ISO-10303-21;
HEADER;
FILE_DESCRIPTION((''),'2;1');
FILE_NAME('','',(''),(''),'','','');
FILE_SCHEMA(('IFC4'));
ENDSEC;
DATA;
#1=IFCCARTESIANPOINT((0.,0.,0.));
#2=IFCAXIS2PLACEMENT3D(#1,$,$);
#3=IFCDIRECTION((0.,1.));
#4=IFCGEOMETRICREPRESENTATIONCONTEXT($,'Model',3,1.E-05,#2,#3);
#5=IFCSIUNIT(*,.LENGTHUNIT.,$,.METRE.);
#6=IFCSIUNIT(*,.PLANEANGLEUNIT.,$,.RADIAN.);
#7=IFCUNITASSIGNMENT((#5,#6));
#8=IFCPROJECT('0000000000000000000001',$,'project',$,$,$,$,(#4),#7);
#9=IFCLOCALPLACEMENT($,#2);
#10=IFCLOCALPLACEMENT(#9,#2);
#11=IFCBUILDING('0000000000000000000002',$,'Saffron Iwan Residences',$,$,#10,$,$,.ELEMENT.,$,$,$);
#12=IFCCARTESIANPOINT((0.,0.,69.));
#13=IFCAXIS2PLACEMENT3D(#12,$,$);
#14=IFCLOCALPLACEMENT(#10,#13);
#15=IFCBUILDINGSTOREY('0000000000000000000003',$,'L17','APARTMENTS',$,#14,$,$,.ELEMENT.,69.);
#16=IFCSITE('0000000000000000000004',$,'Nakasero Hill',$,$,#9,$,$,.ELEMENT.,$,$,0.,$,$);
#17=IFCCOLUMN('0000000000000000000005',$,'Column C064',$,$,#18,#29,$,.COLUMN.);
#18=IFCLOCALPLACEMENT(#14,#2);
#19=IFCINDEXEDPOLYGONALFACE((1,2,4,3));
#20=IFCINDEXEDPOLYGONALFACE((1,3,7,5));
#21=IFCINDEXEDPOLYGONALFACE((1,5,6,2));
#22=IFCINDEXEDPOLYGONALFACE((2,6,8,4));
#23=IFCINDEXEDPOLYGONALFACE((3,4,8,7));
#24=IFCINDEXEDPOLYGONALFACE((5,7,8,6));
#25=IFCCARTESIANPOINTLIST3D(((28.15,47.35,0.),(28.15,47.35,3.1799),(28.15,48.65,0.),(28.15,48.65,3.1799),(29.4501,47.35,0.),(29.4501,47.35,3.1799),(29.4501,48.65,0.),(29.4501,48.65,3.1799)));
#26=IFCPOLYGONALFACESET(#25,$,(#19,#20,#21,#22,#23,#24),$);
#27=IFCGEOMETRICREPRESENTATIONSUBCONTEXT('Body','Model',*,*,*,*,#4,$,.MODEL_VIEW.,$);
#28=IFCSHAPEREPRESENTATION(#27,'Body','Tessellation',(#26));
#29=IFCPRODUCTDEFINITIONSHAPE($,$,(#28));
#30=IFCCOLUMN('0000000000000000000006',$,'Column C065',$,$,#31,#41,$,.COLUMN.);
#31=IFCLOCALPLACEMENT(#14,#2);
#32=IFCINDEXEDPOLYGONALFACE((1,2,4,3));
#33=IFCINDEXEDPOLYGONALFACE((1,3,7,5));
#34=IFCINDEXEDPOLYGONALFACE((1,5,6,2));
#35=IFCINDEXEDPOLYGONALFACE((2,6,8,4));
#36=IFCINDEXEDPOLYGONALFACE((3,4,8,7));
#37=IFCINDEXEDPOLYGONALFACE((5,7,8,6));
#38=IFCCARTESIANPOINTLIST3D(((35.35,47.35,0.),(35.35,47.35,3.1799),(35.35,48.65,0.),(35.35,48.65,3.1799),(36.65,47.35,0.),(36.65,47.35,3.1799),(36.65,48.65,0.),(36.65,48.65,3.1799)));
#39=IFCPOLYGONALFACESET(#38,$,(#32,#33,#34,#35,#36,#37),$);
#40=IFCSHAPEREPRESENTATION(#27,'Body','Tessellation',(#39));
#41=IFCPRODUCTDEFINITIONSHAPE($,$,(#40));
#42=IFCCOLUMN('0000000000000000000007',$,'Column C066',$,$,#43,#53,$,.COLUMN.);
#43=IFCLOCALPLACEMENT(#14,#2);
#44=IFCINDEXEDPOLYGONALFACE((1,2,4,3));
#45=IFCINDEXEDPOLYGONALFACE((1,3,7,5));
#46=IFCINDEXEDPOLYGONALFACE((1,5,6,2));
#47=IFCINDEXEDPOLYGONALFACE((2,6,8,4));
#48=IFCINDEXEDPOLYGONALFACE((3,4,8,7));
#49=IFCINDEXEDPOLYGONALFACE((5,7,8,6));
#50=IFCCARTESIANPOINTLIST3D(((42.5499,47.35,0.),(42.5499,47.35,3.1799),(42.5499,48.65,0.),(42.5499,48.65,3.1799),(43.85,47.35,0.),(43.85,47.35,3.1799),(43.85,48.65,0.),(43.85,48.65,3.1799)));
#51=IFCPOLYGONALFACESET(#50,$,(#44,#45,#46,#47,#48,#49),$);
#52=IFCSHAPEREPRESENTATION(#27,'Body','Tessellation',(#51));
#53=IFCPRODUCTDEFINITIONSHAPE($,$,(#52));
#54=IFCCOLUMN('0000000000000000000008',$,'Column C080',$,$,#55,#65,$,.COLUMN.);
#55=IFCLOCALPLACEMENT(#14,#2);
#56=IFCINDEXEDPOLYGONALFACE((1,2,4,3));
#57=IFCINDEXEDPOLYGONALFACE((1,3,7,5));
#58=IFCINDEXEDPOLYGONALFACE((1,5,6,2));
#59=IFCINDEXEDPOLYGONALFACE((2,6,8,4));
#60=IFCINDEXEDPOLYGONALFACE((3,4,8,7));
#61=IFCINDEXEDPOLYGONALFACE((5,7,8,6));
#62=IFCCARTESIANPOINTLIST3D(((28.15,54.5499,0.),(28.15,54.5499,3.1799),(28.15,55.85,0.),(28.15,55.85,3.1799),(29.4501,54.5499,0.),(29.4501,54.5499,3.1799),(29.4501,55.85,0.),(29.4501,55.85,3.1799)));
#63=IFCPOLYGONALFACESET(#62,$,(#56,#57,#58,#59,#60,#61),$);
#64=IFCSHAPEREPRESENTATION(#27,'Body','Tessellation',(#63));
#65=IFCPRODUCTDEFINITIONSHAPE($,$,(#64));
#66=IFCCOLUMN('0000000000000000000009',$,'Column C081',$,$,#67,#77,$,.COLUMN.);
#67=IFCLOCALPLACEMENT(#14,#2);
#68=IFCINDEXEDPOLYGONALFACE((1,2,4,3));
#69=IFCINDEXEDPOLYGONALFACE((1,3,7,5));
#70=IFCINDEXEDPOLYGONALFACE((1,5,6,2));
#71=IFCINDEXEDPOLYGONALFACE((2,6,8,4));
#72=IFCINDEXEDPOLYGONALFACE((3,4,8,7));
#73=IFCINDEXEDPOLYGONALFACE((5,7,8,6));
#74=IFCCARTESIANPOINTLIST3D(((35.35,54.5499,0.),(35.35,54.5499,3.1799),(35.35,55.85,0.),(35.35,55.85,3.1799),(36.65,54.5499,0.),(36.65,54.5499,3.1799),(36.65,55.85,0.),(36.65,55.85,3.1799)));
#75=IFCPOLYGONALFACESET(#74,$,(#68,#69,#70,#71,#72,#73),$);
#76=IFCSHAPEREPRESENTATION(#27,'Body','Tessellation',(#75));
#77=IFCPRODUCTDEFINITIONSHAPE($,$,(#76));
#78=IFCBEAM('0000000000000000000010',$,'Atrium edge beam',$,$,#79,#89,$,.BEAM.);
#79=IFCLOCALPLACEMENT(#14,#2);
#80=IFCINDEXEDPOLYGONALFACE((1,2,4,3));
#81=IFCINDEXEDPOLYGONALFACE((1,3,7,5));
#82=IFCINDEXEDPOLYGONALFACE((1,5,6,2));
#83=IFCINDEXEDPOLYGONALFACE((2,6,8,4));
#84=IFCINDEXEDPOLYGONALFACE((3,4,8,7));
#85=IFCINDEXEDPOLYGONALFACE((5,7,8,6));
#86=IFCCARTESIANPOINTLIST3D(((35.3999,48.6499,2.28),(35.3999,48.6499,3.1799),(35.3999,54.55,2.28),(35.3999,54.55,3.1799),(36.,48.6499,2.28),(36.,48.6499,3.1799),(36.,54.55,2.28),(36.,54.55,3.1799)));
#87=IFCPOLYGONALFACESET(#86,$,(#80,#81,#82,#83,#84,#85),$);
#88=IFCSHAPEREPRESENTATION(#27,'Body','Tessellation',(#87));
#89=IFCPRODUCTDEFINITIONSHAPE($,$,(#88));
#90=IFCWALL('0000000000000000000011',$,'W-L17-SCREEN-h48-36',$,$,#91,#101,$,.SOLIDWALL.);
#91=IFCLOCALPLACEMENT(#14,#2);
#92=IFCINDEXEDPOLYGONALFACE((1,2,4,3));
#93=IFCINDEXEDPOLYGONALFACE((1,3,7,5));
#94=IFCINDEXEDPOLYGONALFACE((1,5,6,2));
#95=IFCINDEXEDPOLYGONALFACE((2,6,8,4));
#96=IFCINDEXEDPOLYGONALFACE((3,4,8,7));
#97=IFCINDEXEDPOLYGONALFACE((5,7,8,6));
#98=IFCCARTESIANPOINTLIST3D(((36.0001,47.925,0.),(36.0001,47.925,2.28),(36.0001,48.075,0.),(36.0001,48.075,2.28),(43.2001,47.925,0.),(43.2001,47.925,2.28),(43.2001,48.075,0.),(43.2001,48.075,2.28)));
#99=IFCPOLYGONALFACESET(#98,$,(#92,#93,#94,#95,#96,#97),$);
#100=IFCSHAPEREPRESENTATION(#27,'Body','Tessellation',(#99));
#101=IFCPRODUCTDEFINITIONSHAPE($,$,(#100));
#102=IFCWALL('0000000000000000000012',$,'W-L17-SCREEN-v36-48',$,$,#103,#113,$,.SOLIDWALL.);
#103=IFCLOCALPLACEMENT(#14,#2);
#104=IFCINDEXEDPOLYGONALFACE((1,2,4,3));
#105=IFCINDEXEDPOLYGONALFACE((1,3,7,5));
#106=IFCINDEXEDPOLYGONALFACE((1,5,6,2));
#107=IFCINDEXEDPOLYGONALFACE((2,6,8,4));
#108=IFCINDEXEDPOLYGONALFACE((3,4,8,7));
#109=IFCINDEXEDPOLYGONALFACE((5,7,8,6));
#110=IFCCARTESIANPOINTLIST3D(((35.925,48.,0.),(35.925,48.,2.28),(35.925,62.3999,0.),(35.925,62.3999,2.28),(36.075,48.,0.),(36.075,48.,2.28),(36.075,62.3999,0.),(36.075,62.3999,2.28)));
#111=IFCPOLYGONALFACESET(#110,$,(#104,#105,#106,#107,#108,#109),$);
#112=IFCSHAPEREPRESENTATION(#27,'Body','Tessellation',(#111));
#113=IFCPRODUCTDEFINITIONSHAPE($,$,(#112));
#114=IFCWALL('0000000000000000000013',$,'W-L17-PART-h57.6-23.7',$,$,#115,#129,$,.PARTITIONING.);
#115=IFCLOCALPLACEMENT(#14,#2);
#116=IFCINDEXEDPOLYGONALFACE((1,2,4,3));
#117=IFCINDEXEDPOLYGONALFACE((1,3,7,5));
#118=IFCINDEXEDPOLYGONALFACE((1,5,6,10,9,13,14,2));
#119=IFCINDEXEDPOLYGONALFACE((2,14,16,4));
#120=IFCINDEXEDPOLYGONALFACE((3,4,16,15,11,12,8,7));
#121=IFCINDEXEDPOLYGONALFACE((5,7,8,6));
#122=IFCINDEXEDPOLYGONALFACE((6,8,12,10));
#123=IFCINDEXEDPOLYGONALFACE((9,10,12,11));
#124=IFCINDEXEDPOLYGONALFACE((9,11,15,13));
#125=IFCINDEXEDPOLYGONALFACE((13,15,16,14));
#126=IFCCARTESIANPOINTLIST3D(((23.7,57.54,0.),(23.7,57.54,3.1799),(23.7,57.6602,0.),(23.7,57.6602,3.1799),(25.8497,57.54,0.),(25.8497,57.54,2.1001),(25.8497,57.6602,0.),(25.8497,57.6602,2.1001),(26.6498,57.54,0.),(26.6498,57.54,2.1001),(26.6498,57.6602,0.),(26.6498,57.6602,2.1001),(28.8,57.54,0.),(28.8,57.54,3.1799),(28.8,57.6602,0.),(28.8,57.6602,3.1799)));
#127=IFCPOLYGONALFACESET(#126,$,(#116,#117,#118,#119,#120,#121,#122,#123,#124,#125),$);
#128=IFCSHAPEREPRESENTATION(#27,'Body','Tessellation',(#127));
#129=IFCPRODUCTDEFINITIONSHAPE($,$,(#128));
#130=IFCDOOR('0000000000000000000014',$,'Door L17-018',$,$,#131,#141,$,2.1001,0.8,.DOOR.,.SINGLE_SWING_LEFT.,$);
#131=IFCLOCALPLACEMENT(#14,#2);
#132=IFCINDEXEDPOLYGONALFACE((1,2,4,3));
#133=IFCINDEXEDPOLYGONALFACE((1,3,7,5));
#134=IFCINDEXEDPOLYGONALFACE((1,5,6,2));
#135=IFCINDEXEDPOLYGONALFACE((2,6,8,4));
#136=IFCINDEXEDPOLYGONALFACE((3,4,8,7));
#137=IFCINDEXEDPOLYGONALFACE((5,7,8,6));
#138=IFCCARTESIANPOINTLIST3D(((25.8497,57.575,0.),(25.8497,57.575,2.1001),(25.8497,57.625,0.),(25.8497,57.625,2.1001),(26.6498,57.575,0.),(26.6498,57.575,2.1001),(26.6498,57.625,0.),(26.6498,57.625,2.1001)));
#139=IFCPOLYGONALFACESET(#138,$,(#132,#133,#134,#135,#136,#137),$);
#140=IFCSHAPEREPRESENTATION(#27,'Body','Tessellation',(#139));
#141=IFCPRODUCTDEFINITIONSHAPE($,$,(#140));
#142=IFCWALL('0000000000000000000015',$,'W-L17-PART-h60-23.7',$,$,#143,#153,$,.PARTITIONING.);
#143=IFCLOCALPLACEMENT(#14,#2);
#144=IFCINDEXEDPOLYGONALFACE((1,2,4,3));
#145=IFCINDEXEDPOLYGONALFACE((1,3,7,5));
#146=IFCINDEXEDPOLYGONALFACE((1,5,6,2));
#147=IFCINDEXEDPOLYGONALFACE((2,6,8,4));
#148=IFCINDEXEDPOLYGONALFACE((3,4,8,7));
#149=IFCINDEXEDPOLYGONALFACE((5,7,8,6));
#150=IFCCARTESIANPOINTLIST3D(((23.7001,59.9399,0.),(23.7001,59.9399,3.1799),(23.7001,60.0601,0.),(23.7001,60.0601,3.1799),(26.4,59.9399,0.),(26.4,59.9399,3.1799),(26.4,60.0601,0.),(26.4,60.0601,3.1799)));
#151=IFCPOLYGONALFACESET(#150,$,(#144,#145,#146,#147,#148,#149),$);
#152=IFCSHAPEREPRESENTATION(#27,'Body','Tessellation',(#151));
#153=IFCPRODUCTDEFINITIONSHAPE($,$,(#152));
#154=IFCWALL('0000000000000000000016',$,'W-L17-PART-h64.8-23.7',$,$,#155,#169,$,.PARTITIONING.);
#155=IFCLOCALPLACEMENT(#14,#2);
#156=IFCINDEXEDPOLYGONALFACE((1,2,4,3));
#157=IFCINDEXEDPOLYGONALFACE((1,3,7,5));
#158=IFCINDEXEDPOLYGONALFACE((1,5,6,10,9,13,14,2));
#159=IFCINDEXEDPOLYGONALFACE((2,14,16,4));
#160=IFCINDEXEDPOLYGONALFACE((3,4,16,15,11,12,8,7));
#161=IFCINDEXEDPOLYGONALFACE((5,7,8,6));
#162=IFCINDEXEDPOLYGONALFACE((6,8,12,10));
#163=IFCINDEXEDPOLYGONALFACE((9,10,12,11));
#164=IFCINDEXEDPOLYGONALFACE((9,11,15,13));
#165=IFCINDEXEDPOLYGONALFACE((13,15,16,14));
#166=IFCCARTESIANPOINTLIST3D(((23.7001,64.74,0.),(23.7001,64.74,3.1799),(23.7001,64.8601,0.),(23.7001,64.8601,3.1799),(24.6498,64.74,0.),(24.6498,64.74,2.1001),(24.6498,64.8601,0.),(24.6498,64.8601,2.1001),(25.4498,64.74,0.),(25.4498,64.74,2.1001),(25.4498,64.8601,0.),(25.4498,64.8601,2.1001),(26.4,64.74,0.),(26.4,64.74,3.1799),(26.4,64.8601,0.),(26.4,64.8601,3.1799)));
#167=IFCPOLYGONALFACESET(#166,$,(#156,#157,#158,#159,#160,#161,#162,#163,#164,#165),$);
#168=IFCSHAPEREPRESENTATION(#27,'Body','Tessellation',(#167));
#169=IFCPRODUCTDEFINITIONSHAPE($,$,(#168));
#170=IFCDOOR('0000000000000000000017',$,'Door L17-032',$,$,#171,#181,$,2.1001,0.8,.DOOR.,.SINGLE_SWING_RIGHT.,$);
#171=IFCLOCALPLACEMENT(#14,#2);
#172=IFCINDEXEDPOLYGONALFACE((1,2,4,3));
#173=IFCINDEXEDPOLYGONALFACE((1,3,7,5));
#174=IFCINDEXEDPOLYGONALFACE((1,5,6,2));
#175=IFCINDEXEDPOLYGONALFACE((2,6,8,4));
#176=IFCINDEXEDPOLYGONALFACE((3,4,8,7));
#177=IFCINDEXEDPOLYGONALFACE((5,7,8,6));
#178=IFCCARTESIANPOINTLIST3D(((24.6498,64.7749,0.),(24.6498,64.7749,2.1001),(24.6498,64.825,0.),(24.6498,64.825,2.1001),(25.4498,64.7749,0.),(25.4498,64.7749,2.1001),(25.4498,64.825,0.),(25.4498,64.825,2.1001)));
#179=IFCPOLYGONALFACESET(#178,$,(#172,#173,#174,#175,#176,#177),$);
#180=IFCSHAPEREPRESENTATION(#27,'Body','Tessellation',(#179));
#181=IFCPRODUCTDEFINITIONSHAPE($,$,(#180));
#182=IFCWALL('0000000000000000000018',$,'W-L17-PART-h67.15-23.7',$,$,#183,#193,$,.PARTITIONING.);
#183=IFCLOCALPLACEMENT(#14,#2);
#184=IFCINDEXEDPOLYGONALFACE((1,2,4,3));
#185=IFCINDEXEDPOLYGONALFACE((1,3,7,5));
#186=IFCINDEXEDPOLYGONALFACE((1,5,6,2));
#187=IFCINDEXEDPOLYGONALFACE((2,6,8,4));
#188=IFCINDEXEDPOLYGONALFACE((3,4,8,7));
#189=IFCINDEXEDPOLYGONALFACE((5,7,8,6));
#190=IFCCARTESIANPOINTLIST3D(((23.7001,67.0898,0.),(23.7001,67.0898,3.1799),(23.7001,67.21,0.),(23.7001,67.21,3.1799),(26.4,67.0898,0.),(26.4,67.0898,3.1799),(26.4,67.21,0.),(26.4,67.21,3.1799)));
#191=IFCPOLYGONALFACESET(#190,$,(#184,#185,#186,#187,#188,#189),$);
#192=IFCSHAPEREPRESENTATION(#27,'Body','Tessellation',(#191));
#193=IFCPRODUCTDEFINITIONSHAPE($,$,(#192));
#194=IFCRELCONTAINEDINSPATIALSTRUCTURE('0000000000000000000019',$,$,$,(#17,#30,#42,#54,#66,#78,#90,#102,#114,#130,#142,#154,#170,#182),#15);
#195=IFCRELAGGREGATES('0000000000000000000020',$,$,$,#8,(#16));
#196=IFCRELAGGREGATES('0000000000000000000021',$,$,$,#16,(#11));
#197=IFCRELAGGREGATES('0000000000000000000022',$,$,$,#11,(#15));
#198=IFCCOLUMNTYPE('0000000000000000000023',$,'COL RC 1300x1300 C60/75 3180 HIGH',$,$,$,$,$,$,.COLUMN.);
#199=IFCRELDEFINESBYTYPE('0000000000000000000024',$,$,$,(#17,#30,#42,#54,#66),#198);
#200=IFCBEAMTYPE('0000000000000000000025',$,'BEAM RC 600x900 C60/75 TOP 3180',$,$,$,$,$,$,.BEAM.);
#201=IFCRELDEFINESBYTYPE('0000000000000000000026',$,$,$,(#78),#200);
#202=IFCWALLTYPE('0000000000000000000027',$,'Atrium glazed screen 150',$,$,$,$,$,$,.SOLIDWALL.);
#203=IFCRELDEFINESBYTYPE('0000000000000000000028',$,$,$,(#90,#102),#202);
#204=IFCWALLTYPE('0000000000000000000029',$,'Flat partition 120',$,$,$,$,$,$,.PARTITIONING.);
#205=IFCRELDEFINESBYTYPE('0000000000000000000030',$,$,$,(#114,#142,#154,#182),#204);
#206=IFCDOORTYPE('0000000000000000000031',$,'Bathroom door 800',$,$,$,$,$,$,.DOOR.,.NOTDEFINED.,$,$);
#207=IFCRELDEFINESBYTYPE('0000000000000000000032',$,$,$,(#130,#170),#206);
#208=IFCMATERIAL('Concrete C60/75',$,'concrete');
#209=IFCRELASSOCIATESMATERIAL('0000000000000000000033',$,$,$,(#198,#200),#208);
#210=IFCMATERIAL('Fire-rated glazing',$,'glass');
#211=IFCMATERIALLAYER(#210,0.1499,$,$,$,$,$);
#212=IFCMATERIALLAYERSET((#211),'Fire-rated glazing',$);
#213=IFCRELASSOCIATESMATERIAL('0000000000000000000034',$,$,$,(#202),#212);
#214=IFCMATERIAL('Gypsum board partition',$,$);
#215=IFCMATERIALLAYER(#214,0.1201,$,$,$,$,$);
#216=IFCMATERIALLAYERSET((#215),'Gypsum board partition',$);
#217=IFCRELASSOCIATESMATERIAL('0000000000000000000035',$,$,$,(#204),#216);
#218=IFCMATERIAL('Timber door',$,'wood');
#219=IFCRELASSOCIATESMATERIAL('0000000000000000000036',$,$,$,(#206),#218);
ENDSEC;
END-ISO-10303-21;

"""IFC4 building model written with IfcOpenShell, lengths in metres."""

from ifc_helpers import new_model, si_unit, direction, frame, frame_2d, origin, origin_2d, place, context, subcontext, project, spatial, rectangle, extrude, source, transform, mapped, material, layer, layer_set, material_profile, profile_set, type_object, element, fill, save


model = new_model("IFC4")

# Units and contexts
model_context = context("Model", 3, precision=1e-05, world=origin(), true_north=direction((0.0, 1.0)))
body_context = subcontext(model_context, "Body", "Model", "MODEL_VIEW")
ifc_project = project(units=[si_unit("LENGTHUNIT", "METRE"), si_unit("PLANEANGLEUNIT", "RADIAN")], contexts=[model_context])

# Site, building, storey
site_placement = place(None, origin())
site = spatial("IfcSite", under=ifc_project, at=site_placement, Name="Nakasero Hill", CompositionType="ELEMENT", RefElevation=0.0)
building_placement = place(site_placement, origin())
building = spatial("IfcBuilding", under=site, at=building_placement, Name="Saffron Iwan Residences", CompositionType="ELEMENT")
storey_placement = place(building_placement, frame((0.0, 0.0, 69.0)))
storey = spatial("IfcBuildingStorey", under=building, at=storey_placement, Name="L17", Description="APARTMENTS", CompositionType="ELEMENT", Elevation=69.0)

# Columns
ifc_material_1 = material(Name="Concrete C60/75", Category="concrete")
ifc_material_profile_1 = material_profile(ifc_material_1, rectangle(XDim=1.3, YDim=1.3, at=origin_2d()), Name="RC 1300x1300")
ifc_profile_set_1 = profile_set([ifc_material_profile_1], Name="Concrete C60/75")
column_type = type_object("IfcColumnType", Name="COL RC 1300x1300 C60/75 3180 HIGH", PredefinedType="COLUMN", material=ifc_profile_set_1)
shared_shape_1 = source(origin(), body_context, "Body", "SweptSolid", [
    extrude(rectangle(XDim=1.3, YDim=1.3, at=origin_2d()), origin(), (0.0, 0.0, 1.0), 3.1799),
])
for number, where, z_axis, x_axis, name in (
    (1, (28.8, 48.0, 0.0), (0.0, 0.0, 1.0), (1.0, 0.0, 0.0), "Column C064"),
    (2, (36.0, 48.0, 0.0), (0.0, 0.0, 1.0), (1.0, 0.0, 0.0), "Column C065"),
    (3, (43.2, 48.0, 0.0), (0.0, 0.0, 1.0), (1.0, 0.0, 0.0), "Column C066"),
    (4, (28.8, 55.2, 0.0), (0.0, 0.0, 1.0), (1.0, 0.0, 0.0), "Column C080"),
    (5, (36.0, 55.2, 0.0), (0.0, 0.0, 1.0), (1.0, 0.0, 0.0), "Column C081"),
):
    element("IfcColumn", number, at=place(storey_placement, frame(where, z_axis=z_axis, x_axis=x_axis)), inside=storey, type_object=column_type, Name=name, PredefinedType="COLUMN", context=body_context, shape_type="MappedRepresentation", body=[
        mapped(shared_shape_1, transform((0.0, 0.0, 0.0))),
    ])

# Beam
ifc_material_profile_2 = material_profile(ifc_material_1, rectangle(XDim=0.6001, YDim=0.8999, at=origin_2d()), Name="RC 600x900")
ifc_profile_set_2 = profile_set([ifc_material_profile_2], Name="Concrete C60/75")
beam_type = type_object("IfcBeamType", Name="BEAM RC 600x900 C60/75 TOP 3180", PredefinedType="BEAM", material=ifc_profile_set_2)
shared_shape_2 = source(origin(), body_context, "Body", "SweptSolid", [
    extrude(rectangle(XDim=0.6001, YDim=0.8999, at=origin_2d()), origin(), (0.0, 0.0, 1.0), 5.9001),
])
beam_placement = place(storey_placement, frame((35.7, 48.6499, 2.73), z_axis=(0.0, 1.0, 0.0), x_axis=(-1.0, 0.0, 0.0)))
element("IfcBeam", 6, at=beam_placement, inside=storey, type_object=beam_type, Name="Atrium edge beam", PredefinedType="BEAM", context=body_context, shape_type="MappedRepresentation", body=[
    mapped(shared_shape_2, transform((0.0, 0.0, 0.0))),
])

# Walls
ifc_material_2 = material(Name="Fire-rated glazing", Category="glass")
ifc_layer_1 = layer(ifc_material_2, 0.1499)
ifc_layer_set_1 = layer_set([ifc_layer_1], Name="Fire-rated glazing")
wall_type_1 = type_object("IfcWallType", Name="Atrium glazed screen 150", PredefinedType="SOLIDWALL", material=ifc_layer_set_1)
wall_1_placement = place(storey_placement, frame((36.0, 48.0, 0.0), z_axis=(0.0, 0.0, 1.0), x_axis=(1.0, 0.0, 0.0)))
element("IfcWall", 7, at=wall_1_placement, inside=storey, type_object=wall_type_1, Name="W-L17-SCREEN-h48-36", PredefinedType="SOLIDWALL", context=body_context, shape_type="SweptSolid", body=[
    extrude(rectangle(XDim=7.2, YDim=0.1499, at=frame_2d((3.6001, 0.0))), origin(), (0.0, 0.0, 1.0), 2.28),
])
wall_2_placement = place(storey_placement, frame((36.0, 48.0, 0.0), z_axis=(0.0, 0.0, 1.0), x_axis=(0.0, 1.0, 0.0)))
element("IfcWall", 8, at=wall_2_placement, inside=storey, type_object=wall_type_1, Name="W-L17-SCREEN-v36-48", PredefinedType="SOLIDWALL", context=body_context, shape_type="SweptSolid", body=[
    extrude(rectangle(XDim=14.3999, YDim=0.1499, at=frame_2d((7.2, 0.0))), origin(), (0.0, 0.0, 1.0), 2.28),
])

# Wall, opening, door
ifc_material_3 = material(Name="Gypsum board partition")
ifc_layer_2 = layer(ifc_material_3, 0.1201)
ifc_layer_set_2 = layer_set([ifc_layer_2], Name="Gypsum board partition")
wall_type_2 = type_object("IfcWallType", Name="Flat partition 120", PredefinedType="PARTITIONING", material=ifc_layer_set_2)
wall_3_placement = place(storey_placement, frame((23.7, 57.6001, 0.0), z_axis=(0.0, 0.0, 1.0), x_axis=(1.0, 0.0, 0.0)))
wall_3 = element("IfcWall", 9, at=wall_3_placement, inside=storey, type_object=wall_type_2, Name="W-L17-PART-h57.6-23.7", PredefinedType="PARTITIONING", context=body_context, shape_type="SweptSolid", body=[
    extrude(rectangle(XDim=5.1001, YDim=0.1201, at=frame_2d((2.55, 0.0))), origin(), (0.0, 0.0, 1.0), 3.1799),
])
opening_1_placement = place(wall_3_placement, frame((2.1499, 0.0, 0.0)))
opening_1 = element("IfcOpeningElement", 10, at=opening_1_placement, cuts=wall_3, PredefinedType="OPENING", context=body_context, shape_type="SweptSolid", body=[
    extrude(rectangle(XDim=0.8, YDim=2.1001, at=frame_2d((0.3999, 1.05))), frame((0.0, 0.0701, 0.0), z_axis=(0.0, -1.0, 0.0), x_axis=(1.0, 0.0, 0.0)), (0.0, 0.0, 1.0), 0.1401),
])
ifc_material_4 = material(Name="Timber door", Category="wood")
door_type_1 = type_object("IfcDoorType", Name="Bathroom door 800", OperationType="NOTDEFINED", PredefinedType="DOOR", material=ifc_material_4)
door_1_placement = place(opening_1_placement, origin())
door_1 = element("IfcDoor", 11, at=door_1_placement, inside=storey, type_object=door_type_1, Name="Door L17-018", OperationType="SINGLE_SWING_LEFT", OverallHeight=2.1001, OverallWidth=0.8, PredefinedType="DOOR", context=body_context, shape_type="SweptSolid", body=[
    extrude(rectangle(XDim=0.8, YDim=2.1001, at=frame_2d((0.3999, 1.05))), frame((0.0, 0.0249, 0.0), z_axis=(0.0, -1.0, 0.0), x_axis=(1.0, 0.0, 0.0)), (0.0, 0.0, 1.0), 0.05),
])
fill(opening_1, door_1)

# Wall
wall_4_placement = place(storey_placement, frame((23.7, 60.0, 0.0), z_axis=(0.0, 0.0, 1.0), x_axis=(1.0, 0.0, 0.0)))
element("IfcWall", 12, at=wall_4_placement, inside=storey, type_object=wall_type_2, Name="W-L17-PART-h60-23.7", PredefinedType="PARTITIONING", context=body_context, shape_type="SweptSolid", body=[
    extrude(rectangle(XDim=2.7, YDim=0.1201, at=frame_2d((1.3501, 0.0))), origin(), (0.0, 0.0, 1.0), 3.1799),
])

# Wall, opening, door
wall_5_placement = place(storey_placement, frame((23.7, 64.8, 0.0), z_axis=(0.0, 0.0, 1.0), x_axis=(1.0, 0.0, 0.0)))
wall_5 = element("IfcWall", 13, at=wall_5_placement, inside=storey, type_object=wall_type_2, Name="W-L17-PART-h64.8-23.7", PredefinedType="PARTITIONING", context=body_context, shape_type="SweptSolid", body=[
    extrude(rectangle(XDim=2.7, YDim=0.1201, at=frame_2d((1.3501, 0.0))), origin(), (0.0, 0.0, 1.0), 3.1799),
])
opening_2_placement = place(wall_5_placement, frame((0.95, 0.0, 0.0)))
opening_2 = element("IfcOpeningElement", 14, at=opening_2_placement, cuts=wall_5, PredefinedType="OPENING", context=body_context, shape_type="SweptSolid", body=[
    extrude(rectangle(XDim=0.8, YDim=2.1001, at=frame_2d((0.3999, 1.05))), frame((0.0, 0.0701, 0.0), z_axis=(0.0, -1.0, 0.0), x_axis=(1.0, 0.0, 0.0)), (0.0, 0.0, 1.0), 0.1401),
])
door_2_placement = place(opening_2_placement, origin())
door_2 = element("IfcDoor", 15, at=door_2_placement, inside=storey, type_object=door_type_1, Name="Door L17-032", OperationType="SINGLE_SWING_RIGHT", OverallHeight=2.1001, OverallWidth=0.8, PredefinedType="DOOR", context=body_context, shape_type="SweptSolid", body=[
    extrude(rectangle(XDim=0.8, YDim=2.1001, at=frame_2d((0.3999, 1.05))), frame((0.0, 0.0249, 0.0), z_axis=(0.0, -1.0, 0.0), x_axis=(1.0, 0.0, 0.0)), (0.0, 0.0, 1.0), 0.05),
])
fill(opening_2, door_2)

# Wall
wall_6_placement = place(storey_placement, frame((23.7, 67.1499, 0.0), z_axis=(0.0, 0.0, 1.0), x_axis=(1.0, 0.0, 0.0)))
element("IfcWall", 16, at=wall_6_placement, inside=storey, type_object=wall_type_2, Name="W-L17-PART-h67.15-23.7", PredefinedType="PARTITIONING", context=body_context, shape_type="SweptSolid", body=[
    extrude(rectangle(XDim=2.7, YDim=0.1201, at=frame_2d((1.3501, 0.0))), origin(), (0.0, 0.0, 1.0), 3.1799),
])

save(model, "model.ifc")
